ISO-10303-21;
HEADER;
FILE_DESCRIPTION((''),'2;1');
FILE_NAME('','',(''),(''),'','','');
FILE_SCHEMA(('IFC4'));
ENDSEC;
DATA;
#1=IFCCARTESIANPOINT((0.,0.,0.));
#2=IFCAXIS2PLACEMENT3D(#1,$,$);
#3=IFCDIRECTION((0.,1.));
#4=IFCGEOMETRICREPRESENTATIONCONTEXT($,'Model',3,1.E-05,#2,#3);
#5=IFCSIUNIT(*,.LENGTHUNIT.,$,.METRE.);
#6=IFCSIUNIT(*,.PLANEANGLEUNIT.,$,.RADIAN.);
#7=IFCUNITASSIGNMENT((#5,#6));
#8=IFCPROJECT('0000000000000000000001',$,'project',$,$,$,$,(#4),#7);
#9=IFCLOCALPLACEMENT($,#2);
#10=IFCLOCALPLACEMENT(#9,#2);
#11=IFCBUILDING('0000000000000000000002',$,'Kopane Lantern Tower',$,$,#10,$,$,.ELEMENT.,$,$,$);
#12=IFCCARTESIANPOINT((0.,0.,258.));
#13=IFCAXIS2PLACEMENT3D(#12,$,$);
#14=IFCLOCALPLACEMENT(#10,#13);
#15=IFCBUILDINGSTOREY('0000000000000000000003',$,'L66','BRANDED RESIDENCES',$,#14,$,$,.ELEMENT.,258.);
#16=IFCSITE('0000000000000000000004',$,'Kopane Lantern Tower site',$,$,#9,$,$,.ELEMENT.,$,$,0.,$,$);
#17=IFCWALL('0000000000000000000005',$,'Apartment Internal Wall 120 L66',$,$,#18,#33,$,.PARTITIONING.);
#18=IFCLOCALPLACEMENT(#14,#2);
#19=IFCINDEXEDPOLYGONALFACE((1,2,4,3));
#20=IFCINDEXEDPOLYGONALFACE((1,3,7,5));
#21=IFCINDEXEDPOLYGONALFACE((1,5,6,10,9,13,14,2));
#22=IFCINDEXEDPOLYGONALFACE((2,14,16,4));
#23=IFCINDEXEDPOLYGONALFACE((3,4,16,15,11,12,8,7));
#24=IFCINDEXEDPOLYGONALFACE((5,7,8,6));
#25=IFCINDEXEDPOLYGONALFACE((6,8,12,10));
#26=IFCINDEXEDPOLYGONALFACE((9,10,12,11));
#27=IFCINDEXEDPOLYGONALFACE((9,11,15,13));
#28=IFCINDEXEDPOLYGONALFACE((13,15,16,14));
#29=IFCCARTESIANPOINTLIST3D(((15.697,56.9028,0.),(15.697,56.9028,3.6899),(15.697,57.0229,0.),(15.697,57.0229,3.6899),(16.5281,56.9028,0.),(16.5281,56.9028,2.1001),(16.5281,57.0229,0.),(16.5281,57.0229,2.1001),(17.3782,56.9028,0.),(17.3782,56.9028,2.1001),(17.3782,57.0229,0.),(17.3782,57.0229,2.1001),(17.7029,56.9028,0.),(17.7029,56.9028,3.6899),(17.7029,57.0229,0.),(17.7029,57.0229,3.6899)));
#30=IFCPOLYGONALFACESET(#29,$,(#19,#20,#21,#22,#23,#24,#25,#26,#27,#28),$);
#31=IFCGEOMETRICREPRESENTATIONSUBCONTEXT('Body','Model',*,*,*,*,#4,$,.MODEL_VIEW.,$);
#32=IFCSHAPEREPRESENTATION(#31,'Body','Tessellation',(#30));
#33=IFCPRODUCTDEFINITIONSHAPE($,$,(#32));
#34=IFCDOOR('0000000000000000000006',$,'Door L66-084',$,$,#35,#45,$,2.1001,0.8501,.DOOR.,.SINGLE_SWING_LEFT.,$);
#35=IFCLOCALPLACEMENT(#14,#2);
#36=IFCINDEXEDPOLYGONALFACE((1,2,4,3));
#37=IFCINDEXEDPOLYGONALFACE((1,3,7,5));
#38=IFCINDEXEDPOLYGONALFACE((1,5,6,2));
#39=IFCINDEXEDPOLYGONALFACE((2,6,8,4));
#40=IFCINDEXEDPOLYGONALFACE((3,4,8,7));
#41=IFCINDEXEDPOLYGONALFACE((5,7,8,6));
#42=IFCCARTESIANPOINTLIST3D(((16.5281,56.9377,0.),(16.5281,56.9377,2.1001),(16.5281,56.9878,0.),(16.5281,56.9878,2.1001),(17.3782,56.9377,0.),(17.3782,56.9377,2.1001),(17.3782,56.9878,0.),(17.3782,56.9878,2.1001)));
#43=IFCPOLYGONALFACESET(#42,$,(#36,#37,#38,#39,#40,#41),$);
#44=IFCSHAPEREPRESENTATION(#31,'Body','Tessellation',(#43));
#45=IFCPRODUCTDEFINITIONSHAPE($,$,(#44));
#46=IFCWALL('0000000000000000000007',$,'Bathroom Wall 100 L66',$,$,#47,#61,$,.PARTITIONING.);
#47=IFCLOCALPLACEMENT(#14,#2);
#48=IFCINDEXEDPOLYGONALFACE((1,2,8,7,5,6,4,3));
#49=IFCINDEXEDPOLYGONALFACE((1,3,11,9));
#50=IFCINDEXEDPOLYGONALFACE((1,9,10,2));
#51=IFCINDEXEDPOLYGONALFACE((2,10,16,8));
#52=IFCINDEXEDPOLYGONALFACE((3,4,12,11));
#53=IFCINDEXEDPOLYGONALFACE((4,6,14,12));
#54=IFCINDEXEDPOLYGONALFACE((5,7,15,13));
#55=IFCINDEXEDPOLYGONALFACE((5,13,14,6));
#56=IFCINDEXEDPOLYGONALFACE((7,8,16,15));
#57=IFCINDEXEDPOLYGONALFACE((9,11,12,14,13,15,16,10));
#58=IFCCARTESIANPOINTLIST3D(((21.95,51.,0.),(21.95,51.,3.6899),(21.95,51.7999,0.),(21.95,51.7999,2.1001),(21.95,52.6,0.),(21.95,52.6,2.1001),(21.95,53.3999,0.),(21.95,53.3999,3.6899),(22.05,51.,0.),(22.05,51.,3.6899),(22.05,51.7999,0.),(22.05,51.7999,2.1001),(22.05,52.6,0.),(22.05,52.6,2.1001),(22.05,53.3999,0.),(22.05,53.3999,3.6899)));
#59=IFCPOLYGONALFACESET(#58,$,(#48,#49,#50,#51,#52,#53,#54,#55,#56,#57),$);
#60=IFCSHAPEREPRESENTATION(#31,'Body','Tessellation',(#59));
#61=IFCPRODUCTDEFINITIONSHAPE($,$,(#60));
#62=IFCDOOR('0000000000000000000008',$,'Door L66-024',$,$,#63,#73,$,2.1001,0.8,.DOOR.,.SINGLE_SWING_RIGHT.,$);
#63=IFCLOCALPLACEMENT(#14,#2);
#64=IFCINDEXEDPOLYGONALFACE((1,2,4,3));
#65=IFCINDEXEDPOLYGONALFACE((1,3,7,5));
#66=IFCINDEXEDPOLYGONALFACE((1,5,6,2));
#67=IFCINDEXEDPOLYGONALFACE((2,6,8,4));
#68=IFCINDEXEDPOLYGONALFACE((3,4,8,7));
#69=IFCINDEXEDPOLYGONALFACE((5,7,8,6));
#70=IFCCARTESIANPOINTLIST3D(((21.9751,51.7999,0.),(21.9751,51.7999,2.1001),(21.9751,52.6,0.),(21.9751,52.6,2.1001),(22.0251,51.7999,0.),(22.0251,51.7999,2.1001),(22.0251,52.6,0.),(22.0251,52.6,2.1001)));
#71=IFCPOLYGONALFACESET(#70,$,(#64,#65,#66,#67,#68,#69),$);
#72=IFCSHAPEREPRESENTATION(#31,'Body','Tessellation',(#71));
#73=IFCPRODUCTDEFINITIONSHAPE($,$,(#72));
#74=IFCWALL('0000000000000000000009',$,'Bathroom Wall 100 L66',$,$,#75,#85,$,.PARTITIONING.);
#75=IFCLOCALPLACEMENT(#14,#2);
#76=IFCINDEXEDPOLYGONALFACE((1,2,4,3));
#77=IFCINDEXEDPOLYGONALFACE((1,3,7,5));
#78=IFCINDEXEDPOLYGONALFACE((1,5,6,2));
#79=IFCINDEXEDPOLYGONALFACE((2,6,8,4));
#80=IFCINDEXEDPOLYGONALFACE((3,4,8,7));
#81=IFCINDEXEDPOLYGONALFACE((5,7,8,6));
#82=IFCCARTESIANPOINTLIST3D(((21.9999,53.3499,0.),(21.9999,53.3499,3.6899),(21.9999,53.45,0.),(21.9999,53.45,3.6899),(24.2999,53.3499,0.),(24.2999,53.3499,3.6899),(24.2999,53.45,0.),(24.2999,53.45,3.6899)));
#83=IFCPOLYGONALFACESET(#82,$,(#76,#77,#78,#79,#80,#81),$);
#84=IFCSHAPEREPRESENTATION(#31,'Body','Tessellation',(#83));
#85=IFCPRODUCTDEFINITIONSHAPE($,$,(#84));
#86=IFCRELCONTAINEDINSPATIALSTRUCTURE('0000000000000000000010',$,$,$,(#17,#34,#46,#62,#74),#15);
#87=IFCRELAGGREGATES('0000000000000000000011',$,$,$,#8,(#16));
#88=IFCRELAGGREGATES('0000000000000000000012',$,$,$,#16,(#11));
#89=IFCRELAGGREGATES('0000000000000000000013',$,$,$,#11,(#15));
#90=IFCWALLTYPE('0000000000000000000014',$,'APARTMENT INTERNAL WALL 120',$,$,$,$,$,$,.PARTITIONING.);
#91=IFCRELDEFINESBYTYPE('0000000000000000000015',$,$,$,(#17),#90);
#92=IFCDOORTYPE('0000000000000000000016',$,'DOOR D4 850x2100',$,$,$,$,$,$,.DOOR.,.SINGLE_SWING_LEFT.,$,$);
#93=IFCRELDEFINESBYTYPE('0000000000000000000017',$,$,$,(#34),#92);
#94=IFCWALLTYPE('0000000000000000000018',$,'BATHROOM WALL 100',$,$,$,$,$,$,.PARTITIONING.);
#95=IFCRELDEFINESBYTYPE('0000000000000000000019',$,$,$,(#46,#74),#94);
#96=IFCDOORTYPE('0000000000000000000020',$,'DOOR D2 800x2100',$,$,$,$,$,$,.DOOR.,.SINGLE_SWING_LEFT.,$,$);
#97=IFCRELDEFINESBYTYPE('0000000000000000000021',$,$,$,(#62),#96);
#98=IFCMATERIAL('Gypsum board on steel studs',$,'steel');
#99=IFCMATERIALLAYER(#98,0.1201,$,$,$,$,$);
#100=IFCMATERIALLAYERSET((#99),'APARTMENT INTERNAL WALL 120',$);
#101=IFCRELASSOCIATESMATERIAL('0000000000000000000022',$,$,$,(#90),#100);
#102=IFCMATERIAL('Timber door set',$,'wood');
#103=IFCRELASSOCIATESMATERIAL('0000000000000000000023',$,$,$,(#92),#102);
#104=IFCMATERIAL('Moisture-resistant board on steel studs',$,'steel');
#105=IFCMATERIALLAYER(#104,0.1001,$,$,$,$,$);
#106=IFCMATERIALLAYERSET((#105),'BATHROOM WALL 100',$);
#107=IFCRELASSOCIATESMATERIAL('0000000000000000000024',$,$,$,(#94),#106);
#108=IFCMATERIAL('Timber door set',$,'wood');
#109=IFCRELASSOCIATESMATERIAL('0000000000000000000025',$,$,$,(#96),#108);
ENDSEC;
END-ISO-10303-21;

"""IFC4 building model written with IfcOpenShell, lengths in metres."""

from ifc_helpers import new_model, si_unit, direction, frame, frame_2d, origin, place, context, subcontext, project, spatial, rectangle, extrude, material, layer, layer_set, type_object, element, fill, save


model = new_model("IFC4")

# Units and contexts
model_context = context("Model", 3, precision=1e-05, world=origin(), true_north=direction((0.0, 1.0)))
body_context = subcontext(model_context, "Body", "Model", "MODEL_VIEW")
ifc_project = project(units=[si_unit("LENGTHUNIT", "METRE"), si_unit("PLANEANGLEUNIT", "RADIAN")], contexts=[model_context])

# Site, building, storey
site_placement = place(None, origin())
site = spatial("IfcSite", under=ifc_project, at=site_placement, Name="Kopane Lantern Tower site", CompositionType="ELEMENT", RefElevation=0.0)
building_placement = place(site_placement, origin())
building = spatial("IfcBuilding", under=site, at=building_placement, Name="Kopane Lantern Tower", CompositionType="ELEMENT")
storey_placement = place(building_placement, frame((0.0, 0.0, 258.0)))
storey = spatial("IfcBuildingStorey", under=building, at=storey_placement, Name="L66", Description="BRANDED RESIDENCES", CompositionType="ELEMENT", Elevation=258.0)

# Shared definitions
ifc_material_1 = material(Name="Gypsum board on steel studs", Category="steel")
ifc_layer_1 = layer(ifc_material_1, 0.1201)
ifc_layer_set_1 = layer_set([ifc_layer_1], Name="APARTMENT INTERNAL WALL 120")
wall_type_1 = type_object("IfcWallType", Name="APARTMENT INTERNAL WALL 120", PredefinedType="PARTITIONING", material=ifc_layer_set_1)

# Shared definitions
ifc_material_2 = material(Name="Timber door set", Category="wood")
door_type_1 = type_object("IfcDoorType", Name="DOOR D4 850x2100", OperationType="SINGLE_SWING_LEFT", PredefinedType="DOOR", material=ifc_material_2)

# Walls, openings, doors
wall_1_placement = place(storey_placement, frame((15.697, 56.9629, 0.0), z_axis=(0.0, 0.0, 1.0), x_axis=(1.0, 0.0, 0.0)))
wall_1 = element("IfcWall", 1, at=wall_1_placement, inside=storey, type_object=wall_type_1, Name="Apartment Internal Wall 120 L66", PredefinedType="PARTITIONING", context=body_context, shape_type="SweptSolid", body=[
    extrude(rectangle(XDim=2.0059, YDim=0.1201, at=frame_2d((1.0029, 0.0))), origin(), (0.0, 0.0, 1.0), 3.6899),
])
opening_1_placement = place(wall_1_placement, frame((0.8311, 0.0, 0.0)))
opening_1 = element("IfcOpeningElement", 2, at=opening_1_placement, cuts=wall_1, PredefinedType="OPENING", context=body_context, shape_type="SweptSolid", body=[
    extrude(rectangle(XDim=0.8501, YDim=2.1001, at=frame_2d((0.425, 1.05))), frame((0.0, 0.0701, 0.0), z_axis=(0.0, -1.0, 0.0), x_axis=(1.0, 0.0, 0.0)), (0.0, 0.0, 1.0), 0.1401),
])
door_1_placement = place(opening_1_placement, origin())
door_1 = element("IfcDoor", 3, at=door_1_placement, inside=storey, type_object=door_type_1, Name="Door L66-084", OperationType="SINGLE_SWING_LEFT", OverallHeight=2.1001, OverallWidth=0.8501, PredefinedType="DOOR", context=body_context, shape_type="SweptSolid", body=[
    extrude(rectangle(XDim=0.8501, YDim=2.1001, at=frame_2d((0.425, 1.05))), frame((0.0, 0.0249, 0.0), z_axis=(0.0, -1.0, 0.0), x_axis=(1.0, 0.0, 0.0)), (0.0, 0.0, 1.0), 0.05),
])
fill(opening_1, door_1)
ifc_material_3 = material(Name="Moisture-resistant board on steel studs", Category="steel")
ifc_layer_2 = layer(ifc_material_3, 0.1001)
ifc_layer_set_2 = layer_set([ifc_layer_2], Name="BATHROOM WALL 100")
wall_type_2 = type_object("IfcWallType", Name="BATHROOM WALL 100", PredefinedType="PARTITIONING", material=ifc_layer_set_2)
wall_2_placement = place(storey_placement, frame((22.0, 51.0, 0.0), z_axis=(0.0, 0.0, 1.0), x_axis=(0.0, 1.0, 0.0)))
wall_2 = element("IfcWall", 4, at=wall_2_placement, inside=storey, type_object=wall_type_2, Name="Bathroom Wall 100 L66", PredefinedType="PARTITIONING", context=body_context, shape_type="SweptSolid", body=[
    extrude(rectangle(XDim=2.3999, YDim=0.1001, at=frame_2d((1.2, 0.0))), origin(), (0.0, 0.0, 1.0), 3.6899),
])
opening_2_placement = place(wall_2_placement, frame((0.8, 0.0, 0.0)))
opening_2 = element("IfcOpeningElement", 5, at=opening_2_placement, cuts=wall_2, PredefinedType="OPENING", context=body_context, shape_type="SweptSolid", body=[
    extrude(rectangle(XDim=0.8, YDim=2.1001, at=frame_2d((0.3999, 1.05))), frame((0.0, 0.0601, 0.0), z_axis=(0.0, -1.0, 0.0), x_axis=(1.0, 0.0, 0.0)), (0.0, 0.0, 1.0), 0.1201),
])
ifc_material_4 = material(Name="Timber door set", Category="wood")
door_type_2 = type_object("IfcDoorType", Name="DOOR D2 800x2100", OperationType="SINGLE_SWING_LEFT", PredefinedType="DOOR", material=ifc_material_4)
door_2_placement = place(opening_2_placement, origin())
door_2 = element("IfcDoor", 6, at=door_2_placement, inside=storey, type_object=door_type_2, Name="Door L66-024", OperationType="SINGLE_SWING_RIGHT", OverallHeight=2.1001, OverallWidth=0.8, PredefinedType="DOOR", context=body_context, shape_type="SweptSolid", body=[
    extrude(rectangle(XDim=0.8, YDim=2.1001, at=frame_2d((0.3999, 1.05))), frame((0.0, 0.0249, 0.0), z_axis=(0.0, -1.0, 0.0), x_axis=(1.0, 0.0, 0.0)), (0.0, 0.0, 1.0), 0.05),
])
fill(opening_2, door_2)

# Wall
wall_3_placement = place(storey_placement, frame((22.0, 53.3999, 0.0), z_axis=(0.0, 0.0, 1.0), x_axis=(1.0, 0.0, 0.0)))
element("IfcWall", 7, at=wall_3_placement, inside=storey, type_object=wall_type_2, Name="Bathroom Wall 100 L66", PredefinedType="PARTITIONING", context=body_context, shape_type="SweptSolid", body=[
    extrude(rectangle(XDim=2.3, YDim=0.1001, at=frame_2d((1.1499, 0.0))), origin(), (0.0, 0.0, 1.0), 3.6899),
])

save(model, "model.ifc")
